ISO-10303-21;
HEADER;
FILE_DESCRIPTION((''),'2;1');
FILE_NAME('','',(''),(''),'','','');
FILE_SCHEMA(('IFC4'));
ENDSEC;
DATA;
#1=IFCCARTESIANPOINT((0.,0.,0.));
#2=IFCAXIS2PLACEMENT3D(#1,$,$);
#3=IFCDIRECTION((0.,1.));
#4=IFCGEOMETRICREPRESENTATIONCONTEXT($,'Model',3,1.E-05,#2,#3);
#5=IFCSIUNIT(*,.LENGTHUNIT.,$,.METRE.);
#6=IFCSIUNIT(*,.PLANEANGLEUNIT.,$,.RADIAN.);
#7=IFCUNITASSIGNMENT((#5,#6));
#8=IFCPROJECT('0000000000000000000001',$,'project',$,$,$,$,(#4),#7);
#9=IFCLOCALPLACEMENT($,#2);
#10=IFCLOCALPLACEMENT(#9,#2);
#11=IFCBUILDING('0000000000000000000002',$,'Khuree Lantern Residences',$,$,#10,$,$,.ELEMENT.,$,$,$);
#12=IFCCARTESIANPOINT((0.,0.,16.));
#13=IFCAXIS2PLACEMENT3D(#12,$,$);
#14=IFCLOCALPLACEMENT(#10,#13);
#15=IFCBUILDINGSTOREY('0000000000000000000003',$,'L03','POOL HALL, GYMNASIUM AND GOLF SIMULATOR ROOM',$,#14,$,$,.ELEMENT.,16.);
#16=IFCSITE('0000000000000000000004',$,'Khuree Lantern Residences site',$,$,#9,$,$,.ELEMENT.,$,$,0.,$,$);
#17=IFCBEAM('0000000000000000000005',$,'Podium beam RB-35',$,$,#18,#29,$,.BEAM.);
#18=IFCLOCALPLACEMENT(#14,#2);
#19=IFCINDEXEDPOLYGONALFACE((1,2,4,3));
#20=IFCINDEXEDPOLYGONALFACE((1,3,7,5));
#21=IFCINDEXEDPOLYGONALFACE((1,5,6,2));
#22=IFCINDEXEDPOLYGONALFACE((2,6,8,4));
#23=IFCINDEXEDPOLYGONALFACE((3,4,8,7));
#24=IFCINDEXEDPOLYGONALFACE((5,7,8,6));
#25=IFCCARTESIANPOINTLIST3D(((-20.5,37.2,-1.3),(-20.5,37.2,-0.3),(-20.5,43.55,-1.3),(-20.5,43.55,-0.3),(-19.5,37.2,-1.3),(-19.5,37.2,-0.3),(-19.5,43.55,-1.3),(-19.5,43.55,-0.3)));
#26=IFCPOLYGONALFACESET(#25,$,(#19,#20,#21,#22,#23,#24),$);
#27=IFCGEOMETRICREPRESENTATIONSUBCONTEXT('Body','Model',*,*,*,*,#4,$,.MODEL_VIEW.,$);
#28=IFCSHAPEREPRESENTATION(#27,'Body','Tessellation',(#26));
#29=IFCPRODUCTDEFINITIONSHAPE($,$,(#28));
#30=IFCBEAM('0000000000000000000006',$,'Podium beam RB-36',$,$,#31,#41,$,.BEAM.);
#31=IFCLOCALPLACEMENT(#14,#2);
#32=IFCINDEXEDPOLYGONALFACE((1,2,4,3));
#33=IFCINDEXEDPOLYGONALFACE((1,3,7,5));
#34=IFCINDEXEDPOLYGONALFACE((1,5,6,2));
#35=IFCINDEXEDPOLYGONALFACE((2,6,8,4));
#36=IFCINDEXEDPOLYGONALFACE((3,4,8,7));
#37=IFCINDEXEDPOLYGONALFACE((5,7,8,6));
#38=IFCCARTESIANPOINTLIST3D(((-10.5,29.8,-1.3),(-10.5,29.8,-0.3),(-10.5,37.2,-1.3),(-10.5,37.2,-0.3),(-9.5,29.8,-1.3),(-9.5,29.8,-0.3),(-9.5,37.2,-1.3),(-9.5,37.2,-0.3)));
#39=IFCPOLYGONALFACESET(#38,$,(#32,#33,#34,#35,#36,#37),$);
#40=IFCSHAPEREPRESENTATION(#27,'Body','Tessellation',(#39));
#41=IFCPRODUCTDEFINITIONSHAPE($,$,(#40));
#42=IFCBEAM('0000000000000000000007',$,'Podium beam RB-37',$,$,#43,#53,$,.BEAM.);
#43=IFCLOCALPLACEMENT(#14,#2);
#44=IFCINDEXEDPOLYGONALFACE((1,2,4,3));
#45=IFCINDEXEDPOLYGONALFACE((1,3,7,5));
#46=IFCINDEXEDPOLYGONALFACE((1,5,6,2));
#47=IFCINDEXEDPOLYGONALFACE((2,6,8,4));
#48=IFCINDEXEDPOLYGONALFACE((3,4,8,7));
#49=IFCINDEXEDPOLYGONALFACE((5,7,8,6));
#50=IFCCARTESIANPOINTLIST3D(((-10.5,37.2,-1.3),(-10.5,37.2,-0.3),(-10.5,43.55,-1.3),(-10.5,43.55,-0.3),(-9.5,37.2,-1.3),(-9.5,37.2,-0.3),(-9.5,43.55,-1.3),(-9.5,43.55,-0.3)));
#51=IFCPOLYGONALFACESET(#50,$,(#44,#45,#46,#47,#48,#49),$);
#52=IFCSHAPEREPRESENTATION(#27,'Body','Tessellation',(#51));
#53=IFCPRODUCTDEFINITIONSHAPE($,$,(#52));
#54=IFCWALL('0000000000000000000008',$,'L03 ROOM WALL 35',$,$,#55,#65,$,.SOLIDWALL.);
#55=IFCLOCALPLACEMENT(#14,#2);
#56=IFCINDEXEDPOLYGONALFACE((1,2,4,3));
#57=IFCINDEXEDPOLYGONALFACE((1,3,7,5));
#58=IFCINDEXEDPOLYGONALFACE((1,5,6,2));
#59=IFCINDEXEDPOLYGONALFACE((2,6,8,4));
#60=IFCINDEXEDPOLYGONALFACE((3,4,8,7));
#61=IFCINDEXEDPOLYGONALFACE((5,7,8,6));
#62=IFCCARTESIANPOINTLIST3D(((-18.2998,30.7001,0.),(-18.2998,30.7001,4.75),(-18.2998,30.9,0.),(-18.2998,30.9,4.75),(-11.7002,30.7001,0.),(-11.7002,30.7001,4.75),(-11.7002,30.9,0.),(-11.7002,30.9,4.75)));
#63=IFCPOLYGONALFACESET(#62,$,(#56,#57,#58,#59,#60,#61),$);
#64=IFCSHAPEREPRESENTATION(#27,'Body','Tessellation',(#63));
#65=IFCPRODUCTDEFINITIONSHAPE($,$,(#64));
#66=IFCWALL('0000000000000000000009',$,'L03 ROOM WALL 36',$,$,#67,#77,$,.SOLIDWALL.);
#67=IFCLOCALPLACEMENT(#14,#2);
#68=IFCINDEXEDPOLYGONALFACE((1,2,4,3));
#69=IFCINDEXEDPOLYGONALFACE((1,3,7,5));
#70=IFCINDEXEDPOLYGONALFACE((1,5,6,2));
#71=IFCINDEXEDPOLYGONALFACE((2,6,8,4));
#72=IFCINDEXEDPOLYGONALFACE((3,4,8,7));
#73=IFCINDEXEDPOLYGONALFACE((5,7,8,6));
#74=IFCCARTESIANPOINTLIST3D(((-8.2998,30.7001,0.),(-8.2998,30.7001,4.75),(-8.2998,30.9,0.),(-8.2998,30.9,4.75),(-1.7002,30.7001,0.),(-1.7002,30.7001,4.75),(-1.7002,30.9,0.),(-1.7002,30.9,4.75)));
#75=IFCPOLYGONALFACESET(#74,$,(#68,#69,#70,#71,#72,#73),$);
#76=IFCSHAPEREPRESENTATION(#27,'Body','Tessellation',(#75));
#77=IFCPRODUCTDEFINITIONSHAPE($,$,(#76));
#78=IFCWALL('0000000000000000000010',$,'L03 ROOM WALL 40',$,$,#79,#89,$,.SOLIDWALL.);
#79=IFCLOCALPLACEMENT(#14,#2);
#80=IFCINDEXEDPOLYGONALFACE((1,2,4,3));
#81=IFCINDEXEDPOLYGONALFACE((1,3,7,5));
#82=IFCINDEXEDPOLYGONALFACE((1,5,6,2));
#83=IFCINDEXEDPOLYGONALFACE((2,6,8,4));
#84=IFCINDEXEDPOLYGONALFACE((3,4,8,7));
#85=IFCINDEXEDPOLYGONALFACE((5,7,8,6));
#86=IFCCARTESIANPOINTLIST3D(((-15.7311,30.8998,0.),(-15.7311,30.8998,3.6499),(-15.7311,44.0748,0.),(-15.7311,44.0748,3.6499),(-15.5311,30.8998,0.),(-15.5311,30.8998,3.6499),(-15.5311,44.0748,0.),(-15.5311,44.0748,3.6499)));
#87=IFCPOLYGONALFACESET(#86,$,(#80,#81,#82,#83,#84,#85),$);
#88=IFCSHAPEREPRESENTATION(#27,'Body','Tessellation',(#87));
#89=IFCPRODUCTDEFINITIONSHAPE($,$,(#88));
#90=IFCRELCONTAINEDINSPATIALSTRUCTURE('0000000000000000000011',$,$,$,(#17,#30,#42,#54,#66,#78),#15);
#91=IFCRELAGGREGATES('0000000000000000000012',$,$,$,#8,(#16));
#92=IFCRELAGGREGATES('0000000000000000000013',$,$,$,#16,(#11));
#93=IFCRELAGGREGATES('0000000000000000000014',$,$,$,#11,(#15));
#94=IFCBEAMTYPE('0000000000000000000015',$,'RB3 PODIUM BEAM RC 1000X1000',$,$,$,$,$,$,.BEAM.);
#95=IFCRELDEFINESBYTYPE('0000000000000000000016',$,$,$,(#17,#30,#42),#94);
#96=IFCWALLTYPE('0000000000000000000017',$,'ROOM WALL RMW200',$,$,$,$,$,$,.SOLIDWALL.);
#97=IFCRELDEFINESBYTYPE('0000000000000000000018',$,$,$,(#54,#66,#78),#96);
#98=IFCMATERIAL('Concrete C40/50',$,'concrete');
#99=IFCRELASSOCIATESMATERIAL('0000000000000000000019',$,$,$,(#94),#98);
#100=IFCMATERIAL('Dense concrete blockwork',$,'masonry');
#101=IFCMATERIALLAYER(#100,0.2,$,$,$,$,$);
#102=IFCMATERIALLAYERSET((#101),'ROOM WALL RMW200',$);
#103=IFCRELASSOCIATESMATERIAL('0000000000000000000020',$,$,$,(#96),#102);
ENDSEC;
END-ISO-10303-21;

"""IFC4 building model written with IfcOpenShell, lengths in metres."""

from ifc_helpers import new_model, si_unit, direction, frame, frame_2d, origin, origin_2d, place, context, subcontext, project, spatial, rectangle, extrude, material, layer, layer_set, material_profile, profile_set, type_object, element, save


model = new_model("IFC4")

# Units and contexts
model_context = context("Model", 3, precision=1e-05, world=origin(), true_north=direction((0.0, 1.0)))
body_context = subcontext(model_context, "Body", "Model", "MODEL_VIEW")
ifc_project = project(units=[si_unit("LENGTHUNIT", "METRE"), si_unit("PLANEANGLEUNIT", "RADIAN")], contexts=[model_context])

# Site, building, storey
site_placement = place(None, origin())
site = spatial("IfcSite", under=ifc_project, at=site_placement, Name="Khuree Lantern Residences site", CompositionType="ELEMENT", RefElevation=0.0)
building_placement = place(site_placement, origin())
building = spatial("IfcBuilding", under=site, at=building_placement, Name="Khuree Lantern Residences", CompositionType="ELEMENT")
storey_placement = place(building_placement, frame((0.0, 0.0, 16.0)))
storey = spatial("IfcBuildingStorey", under=building, at=storey_placement, Name="L03", Description="POOL HALL, GYMNASIUM AND GOLF SIMULATOR ROOM", CompositionType="ELEMENT", Elevation=16.0)

# Beams
ifc_material_1 = material(Name="Concrete C40/50", Category="concrete")
ifc_material_profile_1 = material_profile(ifc_material_1, rectangle(XDim=1.0, YDim=1.0, at=origin_2d()), Name="RC 1000X1000")
ifc_profile_set_1 = profile_set([ifc_material_profile_1], Name="Concrete C40/50")
beam_type_1 = type_object("IfcBeamType", Name="RB3 PODIUM BEAM RC 1000X1000", PredefinedType="BEAM", material=ifc_profile_set_1)
beam_1_placement = place(storey_placement, frame((-20.0, 37.2, -0.8), z_axis=(0.0, 1.0, 0.0), x_axis=(-1.0, 0.0, 0.0)))
element("IfcBeam", 1, at=beam_1_placement, inside=storey, type_object=beam_type_1, Name="Podium beam RB-35", PredefinedType="BEAM", context=body_context, shape_type="SweptSolid", body=[
    extrude(rectangle(XDim=1.0, YDim=1.0, at=origin_2d()), origin(), (0.0, 0.0, 1.0), 6.3501),
])
beam_2_placement = place(storey_placement, frame((-10.0, 29.8, -0.8), z_axis=(0.0, 1.0, 0.0), x_axis=(-1.0, 0.0, 0.0)))
element("IfcBeam", 2, at=beam_2_placement, inside=storey, type_object=beam_type_1, Name="Podium beam RB-36", PredefinedType="BEAM", context=body_context, shape_type="SweptSolid", body=[
    extrude(rectangle(XDim=1.0, YDim=1.0, at=origin_2d()), origin(), (0.0, 0.0, 1.0), 7.3999),
])
beam_3_placement = place(storey_placement, frame((-10.0, 37.2, -0.8), z_axis=(0.0, 1.0, 0.0), x_axis=(-1.0, 0.0, 0.0)))
element("IfcBeam", 3, at=beam_3_placement, inside=storey, type_object=beam_type_1, Name="Podium beam RB-37", PredefinedType="BEAM", context=body_context, shape_type="SweptSolid", body=[
    extrude(rectangle(XDim=1.0, YDim=1.0, at=origin_2d()), origin(), (0.0, 0.0, 1.0), 6.3501),
])

# Walls
ifc_material_2 = material(Name="Dense concrete blockwork", Category="masonry")
ifc_layer = layer(ifc_material_2, 0.2)
ifc_layer_set = layer_set([ifc_layer], Name="ROOM WALL RMW200")
wall_type = type_object("IfcWallType", Name="ROOM WALL RMW200", PredefinedType="SOLIDWALL", material=ifc_layer_set)
for number, where, z_axis, x_axis, name in (
    (4, (-18.2998, 30.8, 0.0), (0.0, 0.0, 1.0), (1.0, 0.0, 0.0), "L03 ROOM WALL 35"),
    (5, (-8.2998, 30.8, 0.0), (0.0, 0.0, 1.0), (1.0, 0.0, 0.0), "L03 ROOM WALL 36"),
):
    element("IfcWall", number, at=place(storey_placement, frame(where, z_axis=z_axis, x_axis=x_axis)), inside=storey, type_object=wall_type, Name=name, PredefinedType="SOLIDWALL", context=body_context, shape_type="SweptSolid", body=[
        extrude(rectangle(XDim=6.5996, YDim=0.2, at=frame_2d((3.2998, 0.0))), origin(), (0.0, 0.0, 1.0), 4.75),
    ])
wall_placement = place(storey_placement, frame((-15.6311, 30.8999, 0.0), z_axis=(0.0, 0.0, 1.0), x_axis=(0.0, 1.0, 0.0)))
element("IfcWall", 6, at=wall_placement, inside=storey, type_object=wall_type, Name="L03 ROOM WALL 40", PredefinedType="SOLIDWALL", context=body_context, shape_type="SweptSolid", body=[
    extrude(rectangle(XDim=13.175, YDim=0.2, at=frame_2d((6.5874, 0.0))), origin(), (0.0, 0.0, 1.0), 3.6499),
])

save(model, "model.ifc")
